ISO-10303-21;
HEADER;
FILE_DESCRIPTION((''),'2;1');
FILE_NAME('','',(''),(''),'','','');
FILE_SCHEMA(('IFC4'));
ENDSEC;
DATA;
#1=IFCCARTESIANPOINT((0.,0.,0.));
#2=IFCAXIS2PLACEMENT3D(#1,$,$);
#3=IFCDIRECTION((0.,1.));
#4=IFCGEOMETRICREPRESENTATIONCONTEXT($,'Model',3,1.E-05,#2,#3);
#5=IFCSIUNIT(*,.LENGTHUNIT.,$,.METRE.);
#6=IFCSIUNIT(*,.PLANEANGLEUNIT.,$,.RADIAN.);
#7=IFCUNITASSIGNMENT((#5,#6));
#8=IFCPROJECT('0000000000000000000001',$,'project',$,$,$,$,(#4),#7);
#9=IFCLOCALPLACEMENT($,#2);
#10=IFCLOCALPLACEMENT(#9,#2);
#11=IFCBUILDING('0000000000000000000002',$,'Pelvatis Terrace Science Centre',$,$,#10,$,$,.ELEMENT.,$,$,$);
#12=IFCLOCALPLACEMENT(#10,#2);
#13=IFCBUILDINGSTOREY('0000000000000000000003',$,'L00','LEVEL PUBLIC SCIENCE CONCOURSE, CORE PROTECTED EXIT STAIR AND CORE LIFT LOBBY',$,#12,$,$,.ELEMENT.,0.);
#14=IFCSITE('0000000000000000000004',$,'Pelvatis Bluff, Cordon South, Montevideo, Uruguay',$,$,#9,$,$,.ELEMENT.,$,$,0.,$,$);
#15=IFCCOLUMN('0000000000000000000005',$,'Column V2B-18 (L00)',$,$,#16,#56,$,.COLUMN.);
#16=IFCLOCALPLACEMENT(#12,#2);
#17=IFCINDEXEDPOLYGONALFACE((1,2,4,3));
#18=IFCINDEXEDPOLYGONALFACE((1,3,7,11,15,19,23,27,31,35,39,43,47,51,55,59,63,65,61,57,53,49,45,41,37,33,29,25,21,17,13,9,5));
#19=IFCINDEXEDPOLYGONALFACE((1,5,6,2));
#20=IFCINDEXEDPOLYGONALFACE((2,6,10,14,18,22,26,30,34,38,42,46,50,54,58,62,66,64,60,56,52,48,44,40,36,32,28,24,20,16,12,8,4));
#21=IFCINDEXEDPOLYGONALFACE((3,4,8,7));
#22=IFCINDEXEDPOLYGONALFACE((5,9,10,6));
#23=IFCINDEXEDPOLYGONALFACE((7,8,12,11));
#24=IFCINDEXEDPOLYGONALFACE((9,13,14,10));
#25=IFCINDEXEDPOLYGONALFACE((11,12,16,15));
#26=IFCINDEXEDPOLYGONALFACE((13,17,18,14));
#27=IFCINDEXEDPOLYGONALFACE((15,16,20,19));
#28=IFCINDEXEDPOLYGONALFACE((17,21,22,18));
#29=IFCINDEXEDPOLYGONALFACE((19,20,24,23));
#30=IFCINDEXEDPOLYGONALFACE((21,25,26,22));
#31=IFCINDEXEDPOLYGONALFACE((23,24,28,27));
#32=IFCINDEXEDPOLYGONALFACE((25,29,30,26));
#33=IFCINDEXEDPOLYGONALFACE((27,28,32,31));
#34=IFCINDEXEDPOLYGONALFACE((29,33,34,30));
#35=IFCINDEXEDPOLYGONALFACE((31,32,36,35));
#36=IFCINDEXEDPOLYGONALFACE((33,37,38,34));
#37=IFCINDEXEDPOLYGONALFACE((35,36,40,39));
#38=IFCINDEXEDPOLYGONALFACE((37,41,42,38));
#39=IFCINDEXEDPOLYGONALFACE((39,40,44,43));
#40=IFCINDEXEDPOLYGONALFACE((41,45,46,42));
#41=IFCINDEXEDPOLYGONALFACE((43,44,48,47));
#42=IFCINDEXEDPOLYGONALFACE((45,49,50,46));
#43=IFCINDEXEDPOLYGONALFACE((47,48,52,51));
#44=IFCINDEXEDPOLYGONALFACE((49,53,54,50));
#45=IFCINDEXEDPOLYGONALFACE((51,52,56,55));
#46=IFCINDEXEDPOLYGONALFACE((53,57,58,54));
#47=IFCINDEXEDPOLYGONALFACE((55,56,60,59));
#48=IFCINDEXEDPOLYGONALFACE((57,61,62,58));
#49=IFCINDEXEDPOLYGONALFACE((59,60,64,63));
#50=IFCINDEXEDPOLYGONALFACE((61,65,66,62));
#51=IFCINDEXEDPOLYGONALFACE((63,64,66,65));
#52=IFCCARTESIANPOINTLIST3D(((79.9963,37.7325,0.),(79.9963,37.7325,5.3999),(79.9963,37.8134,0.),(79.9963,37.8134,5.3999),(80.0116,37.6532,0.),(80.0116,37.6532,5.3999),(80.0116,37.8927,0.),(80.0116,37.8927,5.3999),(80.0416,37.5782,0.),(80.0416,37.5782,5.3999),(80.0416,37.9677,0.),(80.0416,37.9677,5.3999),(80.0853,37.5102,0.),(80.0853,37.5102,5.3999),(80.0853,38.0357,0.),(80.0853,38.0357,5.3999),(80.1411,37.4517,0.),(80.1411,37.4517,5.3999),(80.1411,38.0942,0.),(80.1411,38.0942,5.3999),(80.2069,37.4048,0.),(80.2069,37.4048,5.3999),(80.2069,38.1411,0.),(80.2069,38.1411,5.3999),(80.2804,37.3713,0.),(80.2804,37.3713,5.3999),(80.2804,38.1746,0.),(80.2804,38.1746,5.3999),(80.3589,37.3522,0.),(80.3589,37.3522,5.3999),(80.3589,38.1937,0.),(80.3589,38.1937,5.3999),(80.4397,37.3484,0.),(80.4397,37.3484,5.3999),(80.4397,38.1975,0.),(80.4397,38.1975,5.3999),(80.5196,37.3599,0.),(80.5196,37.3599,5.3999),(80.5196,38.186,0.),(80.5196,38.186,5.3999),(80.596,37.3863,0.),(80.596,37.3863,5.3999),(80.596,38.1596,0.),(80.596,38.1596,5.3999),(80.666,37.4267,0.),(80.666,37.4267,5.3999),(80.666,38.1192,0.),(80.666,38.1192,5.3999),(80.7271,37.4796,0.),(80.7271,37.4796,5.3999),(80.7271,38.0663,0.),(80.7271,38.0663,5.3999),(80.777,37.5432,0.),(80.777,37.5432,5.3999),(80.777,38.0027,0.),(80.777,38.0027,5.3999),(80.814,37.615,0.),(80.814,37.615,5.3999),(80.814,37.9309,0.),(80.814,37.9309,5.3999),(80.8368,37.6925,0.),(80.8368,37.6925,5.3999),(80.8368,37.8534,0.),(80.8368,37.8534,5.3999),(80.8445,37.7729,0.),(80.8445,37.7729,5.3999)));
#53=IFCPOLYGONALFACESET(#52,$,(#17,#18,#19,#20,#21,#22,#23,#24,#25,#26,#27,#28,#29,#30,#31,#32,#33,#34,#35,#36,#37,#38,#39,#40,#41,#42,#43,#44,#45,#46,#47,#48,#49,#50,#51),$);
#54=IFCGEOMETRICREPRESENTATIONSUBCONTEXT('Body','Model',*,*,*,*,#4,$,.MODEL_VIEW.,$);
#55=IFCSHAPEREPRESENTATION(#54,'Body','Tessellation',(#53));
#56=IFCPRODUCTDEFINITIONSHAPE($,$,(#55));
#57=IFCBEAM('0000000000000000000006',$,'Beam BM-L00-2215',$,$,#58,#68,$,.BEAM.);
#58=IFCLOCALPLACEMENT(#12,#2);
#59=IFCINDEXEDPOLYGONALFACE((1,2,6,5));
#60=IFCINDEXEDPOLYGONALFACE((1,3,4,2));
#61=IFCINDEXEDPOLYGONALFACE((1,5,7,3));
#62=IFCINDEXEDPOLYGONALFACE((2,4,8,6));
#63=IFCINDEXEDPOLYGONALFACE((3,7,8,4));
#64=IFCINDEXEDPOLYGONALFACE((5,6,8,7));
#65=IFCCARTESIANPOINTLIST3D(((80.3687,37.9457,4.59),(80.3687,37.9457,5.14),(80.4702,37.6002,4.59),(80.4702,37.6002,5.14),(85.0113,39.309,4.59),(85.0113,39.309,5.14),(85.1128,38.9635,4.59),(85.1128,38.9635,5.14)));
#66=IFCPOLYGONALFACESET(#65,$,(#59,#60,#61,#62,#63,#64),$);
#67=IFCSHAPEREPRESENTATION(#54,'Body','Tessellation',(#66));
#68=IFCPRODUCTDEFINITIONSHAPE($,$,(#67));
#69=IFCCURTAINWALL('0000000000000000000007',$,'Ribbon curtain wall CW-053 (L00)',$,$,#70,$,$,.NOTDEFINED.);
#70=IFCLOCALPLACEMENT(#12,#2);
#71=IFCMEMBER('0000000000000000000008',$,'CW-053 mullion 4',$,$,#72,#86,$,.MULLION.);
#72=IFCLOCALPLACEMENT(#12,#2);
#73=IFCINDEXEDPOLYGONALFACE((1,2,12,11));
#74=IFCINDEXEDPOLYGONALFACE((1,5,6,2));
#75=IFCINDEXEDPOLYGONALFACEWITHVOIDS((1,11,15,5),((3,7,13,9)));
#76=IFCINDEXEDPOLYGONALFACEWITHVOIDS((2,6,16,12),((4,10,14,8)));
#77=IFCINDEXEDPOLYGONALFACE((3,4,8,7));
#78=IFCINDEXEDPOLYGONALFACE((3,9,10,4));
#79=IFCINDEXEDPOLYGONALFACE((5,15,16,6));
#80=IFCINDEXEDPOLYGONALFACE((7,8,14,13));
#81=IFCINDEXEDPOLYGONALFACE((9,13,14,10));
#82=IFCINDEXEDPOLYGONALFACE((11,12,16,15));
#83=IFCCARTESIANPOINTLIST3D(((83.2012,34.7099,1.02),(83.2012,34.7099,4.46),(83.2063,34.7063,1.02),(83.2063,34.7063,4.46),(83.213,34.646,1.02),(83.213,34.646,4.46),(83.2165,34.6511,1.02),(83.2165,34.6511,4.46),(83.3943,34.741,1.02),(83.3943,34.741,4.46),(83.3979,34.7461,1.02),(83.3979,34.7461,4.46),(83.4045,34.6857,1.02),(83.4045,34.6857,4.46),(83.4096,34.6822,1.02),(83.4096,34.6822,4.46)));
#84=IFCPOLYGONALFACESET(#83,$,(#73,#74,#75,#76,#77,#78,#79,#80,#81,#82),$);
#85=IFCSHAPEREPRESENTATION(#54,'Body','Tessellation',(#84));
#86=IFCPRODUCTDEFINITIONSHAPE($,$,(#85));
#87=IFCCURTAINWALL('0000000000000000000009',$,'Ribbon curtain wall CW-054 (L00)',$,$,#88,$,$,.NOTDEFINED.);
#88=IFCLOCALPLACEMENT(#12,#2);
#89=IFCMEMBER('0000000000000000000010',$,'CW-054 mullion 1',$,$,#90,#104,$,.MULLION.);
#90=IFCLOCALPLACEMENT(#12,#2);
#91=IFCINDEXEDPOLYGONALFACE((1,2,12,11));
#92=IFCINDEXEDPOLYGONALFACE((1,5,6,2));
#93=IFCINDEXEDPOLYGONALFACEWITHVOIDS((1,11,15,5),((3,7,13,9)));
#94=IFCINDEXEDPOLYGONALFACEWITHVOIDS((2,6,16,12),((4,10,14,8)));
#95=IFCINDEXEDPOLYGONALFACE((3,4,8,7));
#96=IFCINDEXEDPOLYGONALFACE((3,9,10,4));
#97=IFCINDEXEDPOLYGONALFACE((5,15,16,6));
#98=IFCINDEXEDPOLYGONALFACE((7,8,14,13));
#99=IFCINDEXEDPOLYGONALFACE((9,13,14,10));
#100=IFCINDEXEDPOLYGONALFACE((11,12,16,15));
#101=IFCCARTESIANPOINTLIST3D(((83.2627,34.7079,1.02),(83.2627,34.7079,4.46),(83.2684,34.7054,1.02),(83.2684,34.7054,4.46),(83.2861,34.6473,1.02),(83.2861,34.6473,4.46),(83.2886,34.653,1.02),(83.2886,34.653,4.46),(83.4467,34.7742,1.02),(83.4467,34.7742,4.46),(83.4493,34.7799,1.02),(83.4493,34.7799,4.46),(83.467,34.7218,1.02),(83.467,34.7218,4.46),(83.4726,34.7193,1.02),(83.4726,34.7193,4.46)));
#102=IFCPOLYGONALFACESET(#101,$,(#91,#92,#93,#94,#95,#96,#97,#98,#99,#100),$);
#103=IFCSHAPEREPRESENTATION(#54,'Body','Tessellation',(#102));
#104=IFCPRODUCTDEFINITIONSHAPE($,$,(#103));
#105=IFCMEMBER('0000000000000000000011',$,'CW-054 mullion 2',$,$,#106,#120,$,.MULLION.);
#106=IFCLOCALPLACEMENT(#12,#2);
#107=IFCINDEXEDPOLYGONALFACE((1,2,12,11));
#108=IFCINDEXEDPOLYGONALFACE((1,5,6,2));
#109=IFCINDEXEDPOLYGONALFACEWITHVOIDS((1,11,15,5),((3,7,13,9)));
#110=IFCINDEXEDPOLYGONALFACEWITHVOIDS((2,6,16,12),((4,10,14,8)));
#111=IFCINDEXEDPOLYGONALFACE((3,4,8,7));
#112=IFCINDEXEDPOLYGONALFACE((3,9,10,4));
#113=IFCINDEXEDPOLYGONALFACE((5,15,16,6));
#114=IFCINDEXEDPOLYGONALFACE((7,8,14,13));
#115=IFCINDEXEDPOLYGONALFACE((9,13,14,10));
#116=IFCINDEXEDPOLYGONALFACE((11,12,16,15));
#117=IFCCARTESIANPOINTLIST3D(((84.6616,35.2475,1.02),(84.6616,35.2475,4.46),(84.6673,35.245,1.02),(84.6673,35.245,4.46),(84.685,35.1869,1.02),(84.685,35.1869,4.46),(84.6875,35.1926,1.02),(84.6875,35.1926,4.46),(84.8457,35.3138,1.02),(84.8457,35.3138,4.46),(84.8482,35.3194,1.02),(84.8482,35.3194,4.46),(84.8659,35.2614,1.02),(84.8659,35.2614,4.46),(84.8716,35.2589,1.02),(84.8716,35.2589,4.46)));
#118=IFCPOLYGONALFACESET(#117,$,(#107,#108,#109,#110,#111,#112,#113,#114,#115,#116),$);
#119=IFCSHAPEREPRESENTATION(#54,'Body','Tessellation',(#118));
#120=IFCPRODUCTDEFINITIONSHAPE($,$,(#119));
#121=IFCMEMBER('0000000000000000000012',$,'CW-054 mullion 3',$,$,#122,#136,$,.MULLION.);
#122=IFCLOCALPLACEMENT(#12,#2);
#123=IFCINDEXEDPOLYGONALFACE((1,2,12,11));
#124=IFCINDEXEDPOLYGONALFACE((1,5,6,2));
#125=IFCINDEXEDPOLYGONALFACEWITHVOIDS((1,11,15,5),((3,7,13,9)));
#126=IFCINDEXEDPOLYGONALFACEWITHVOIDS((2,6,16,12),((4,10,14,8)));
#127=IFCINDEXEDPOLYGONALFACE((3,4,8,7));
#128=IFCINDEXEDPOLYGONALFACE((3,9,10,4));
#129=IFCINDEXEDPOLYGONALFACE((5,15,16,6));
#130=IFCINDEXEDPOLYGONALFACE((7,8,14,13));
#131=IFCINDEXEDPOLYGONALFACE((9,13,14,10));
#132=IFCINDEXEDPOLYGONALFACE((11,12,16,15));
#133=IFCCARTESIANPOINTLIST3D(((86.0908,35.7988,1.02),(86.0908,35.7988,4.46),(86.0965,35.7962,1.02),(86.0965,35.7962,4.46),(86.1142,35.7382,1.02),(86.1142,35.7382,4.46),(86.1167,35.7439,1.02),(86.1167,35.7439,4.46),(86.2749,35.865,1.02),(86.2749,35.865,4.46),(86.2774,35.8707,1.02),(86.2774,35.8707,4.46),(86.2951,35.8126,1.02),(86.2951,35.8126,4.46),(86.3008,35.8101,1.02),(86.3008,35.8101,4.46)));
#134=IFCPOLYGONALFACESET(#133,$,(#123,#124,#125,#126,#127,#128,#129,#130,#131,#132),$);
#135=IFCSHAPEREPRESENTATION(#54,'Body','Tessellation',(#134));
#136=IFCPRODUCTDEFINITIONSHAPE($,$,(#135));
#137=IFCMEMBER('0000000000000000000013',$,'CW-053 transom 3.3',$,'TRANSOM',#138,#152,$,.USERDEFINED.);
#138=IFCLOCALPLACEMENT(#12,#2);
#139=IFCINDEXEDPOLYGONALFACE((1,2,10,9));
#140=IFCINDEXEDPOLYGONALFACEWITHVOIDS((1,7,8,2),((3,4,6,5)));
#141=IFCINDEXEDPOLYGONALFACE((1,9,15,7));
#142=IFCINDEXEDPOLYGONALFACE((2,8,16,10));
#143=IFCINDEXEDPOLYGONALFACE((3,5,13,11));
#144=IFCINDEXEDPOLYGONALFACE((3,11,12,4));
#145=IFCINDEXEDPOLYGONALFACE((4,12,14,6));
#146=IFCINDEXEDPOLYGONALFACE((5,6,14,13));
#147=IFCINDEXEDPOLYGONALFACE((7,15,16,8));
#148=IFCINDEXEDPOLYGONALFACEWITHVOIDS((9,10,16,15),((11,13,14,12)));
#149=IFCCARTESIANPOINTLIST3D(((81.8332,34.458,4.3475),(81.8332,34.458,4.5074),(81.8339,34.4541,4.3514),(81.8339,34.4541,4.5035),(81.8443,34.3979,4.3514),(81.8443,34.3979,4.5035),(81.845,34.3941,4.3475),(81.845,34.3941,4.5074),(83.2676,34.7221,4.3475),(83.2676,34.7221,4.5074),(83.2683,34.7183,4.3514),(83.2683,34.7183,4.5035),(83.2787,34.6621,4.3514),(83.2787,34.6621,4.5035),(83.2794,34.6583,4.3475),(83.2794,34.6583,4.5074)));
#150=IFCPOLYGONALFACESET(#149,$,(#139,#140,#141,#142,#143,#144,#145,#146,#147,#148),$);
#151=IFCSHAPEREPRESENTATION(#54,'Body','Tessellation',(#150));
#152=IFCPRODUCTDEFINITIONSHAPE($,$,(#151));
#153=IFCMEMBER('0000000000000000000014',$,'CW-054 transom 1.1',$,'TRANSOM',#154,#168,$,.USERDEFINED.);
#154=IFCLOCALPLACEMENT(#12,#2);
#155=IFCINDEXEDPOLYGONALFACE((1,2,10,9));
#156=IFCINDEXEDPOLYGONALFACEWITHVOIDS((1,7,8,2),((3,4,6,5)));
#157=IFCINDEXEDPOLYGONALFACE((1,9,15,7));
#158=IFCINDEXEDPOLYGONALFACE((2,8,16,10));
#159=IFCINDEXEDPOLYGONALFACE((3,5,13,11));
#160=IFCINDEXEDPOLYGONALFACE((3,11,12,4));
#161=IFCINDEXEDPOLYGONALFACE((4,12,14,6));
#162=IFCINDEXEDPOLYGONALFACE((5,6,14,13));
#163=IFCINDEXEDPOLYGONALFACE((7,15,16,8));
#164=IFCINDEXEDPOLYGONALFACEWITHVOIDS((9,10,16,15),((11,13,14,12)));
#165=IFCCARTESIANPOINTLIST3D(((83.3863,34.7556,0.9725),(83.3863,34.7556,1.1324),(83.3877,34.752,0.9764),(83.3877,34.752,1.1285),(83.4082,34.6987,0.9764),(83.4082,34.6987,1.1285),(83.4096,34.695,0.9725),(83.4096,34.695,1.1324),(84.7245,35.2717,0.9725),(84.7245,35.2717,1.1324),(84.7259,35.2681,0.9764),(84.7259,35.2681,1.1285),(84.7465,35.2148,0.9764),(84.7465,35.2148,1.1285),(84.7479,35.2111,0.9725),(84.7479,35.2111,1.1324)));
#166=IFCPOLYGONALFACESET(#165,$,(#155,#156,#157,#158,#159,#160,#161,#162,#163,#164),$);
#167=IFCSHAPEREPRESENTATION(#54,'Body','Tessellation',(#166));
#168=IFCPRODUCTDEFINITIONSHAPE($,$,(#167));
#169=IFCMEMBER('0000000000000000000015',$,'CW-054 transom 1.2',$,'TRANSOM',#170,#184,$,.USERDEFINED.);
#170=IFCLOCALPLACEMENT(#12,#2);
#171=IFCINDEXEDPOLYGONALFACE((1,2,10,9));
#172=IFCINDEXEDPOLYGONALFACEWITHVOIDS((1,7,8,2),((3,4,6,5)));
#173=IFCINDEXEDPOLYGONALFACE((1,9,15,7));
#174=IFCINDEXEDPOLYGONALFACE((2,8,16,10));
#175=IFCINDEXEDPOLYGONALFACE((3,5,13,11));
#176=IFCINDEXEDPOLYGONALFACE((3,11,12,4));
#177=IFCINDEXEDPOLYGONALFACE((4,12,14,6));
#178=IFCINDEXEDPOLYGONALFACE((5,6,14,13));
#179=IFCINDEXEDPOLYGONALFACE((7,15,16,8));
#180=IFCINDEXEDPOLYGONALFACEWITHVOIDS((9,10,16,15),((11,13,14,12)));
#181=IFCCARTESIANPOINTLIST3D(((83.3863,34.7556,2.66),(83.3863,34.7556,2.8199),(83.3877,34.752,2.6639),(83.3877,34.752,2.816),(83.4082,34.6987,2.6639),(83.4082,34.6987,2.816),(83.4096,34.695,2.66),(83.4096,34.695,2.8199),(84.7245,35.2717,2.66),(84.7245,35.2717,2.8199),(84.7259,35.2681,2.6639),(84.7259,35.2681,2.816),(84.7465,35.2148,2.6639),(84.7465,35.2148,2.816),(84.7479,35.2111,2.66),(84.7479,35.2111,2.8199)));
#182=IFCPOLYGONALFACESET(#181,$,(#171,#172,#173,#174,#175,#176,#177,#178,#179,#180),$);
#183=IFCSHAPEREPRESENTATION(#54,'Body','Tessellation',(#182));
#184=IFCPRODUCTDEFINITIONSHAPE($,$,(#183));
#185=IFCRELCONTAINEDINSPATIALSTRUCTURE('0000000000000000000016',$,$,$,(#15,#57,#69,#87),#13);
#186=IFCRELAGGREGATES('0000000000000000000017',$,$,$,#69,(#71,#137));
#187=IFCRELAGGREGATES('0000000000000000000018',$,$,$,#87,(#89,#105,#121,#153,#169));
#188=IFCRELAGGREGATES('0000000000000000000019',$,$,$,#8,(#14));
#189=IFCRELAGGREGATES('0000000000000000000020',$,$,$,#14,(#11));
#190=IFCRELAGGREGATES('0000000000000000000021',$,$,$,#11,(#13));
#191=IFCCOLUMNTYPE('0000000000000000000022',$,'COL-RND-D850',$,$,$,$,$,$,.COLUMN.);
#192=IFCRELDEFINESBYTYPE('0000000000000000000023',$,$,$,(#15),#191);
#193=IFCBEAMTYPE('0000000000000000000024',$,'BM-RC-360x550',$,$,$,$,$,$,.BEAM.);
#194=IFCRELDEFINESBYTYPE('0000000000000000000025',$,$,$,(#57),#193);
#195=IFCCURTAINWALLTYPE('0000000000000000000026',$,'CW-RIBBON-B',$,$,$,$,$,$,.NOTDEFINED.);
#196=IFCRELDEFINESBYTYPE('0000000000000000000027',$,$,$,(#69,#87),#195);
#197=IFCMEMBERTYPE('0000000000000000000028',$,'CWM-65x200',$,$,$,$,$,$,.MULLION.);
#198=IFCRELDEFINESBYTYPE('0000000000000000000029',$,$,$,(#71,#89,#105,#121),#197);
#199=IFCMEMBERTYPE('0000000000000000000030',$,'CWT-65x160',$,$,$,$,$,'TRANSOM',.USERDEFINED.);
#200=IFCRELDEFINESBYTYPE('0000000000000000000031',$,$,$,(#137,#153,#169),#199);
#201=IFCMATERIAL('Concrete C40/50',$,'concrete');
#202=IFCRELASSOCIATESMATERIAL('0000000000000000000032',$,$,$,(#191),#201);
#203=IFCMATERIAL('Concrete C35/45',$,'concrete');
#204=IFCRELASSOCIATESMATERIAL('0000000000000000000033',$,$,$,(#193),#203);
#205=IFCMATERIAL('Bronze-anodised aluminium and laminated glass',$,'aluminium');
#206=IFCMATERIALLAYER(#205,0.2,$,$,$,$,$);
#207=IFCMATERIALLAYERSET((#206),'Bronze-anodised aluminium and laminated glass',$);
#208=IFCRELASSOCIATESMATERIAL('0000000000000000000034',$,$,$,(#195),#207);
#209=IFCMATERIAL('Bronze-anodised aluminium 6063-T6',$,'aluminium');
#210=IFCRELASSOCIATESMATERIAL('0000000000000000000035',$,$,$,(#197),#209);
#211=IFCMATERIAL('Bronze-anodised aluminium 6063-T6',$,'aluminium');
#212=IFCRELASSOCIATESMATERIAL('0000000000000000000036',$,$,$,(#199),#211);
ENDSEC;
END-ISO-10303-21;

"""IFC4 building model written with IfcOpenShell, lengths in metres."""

from ifc_helpers import new_model, si_unit, direction, frame, origin, origin_2d, place, context, subcontext, project, spatial, rectangle, hollow_rectangle, circle, extrude, material, layer, layer_set, material_profile, profile_set, type_object, element, aggregate, save


model = new_model("IFC4")

# Units and contexts
model_context = context("Model", 3, precision=1e-05, world=origin(), true_north=direction((0.0, 1.0)))
body_context = subcontext(model_context, "Body", "Model", "MODEL_VIEW")
ifc_project = project(units=[si_unit("LENGTHUNIT", "METRE"), si_unit("PLANEANGLEUNIT", "RADIAN")], contexts=[model_context])

# Site, building, storey
site_placement = place(None, origin())
site = spatial("IfcSite", under=ifc_project, at=site_placement, Name="Pelvatis Bluff, Cordon South, Montevideo, Uruguay", CompositionType="ELEMENT", RefElevation=0.0)
building_placement = place(site_placement, origin())
building = spatial("IfcBuilding", under=site, at=building_placement, Name="Pelvatis Terrace Science Centre", CompositionType="ELEMENT")
storey_placement = place(building_placement, origin())
storey = spatial("IfcBuildingStorey", under=building, at=storey_placement, Name="L00", Description="LEVEL PUBLIC SCIENCE CONCOURSE, CORE PROTECTED EXIT STAIR AND CORE LIFT LOBBY", CompositionType="ELEMENT", Elevation=0.0)

# Column
ifc_material_1 = material(Name="Concrete C40/50", Category="concrete")
ifc_material_profile_1 = material_profile(ifc_material_1, circle(Radius=0.425, at=origin_2d()), Name="RC-RCOL D850")
ifc_profile_set_1 = profile_set([ifc_material_profile_1], Name="Concrete C40/50")
column_type = type_object("IfcColumnType", Name="COL-RND-D850", PredefinedType="COLUMN", material=ifc_profile_set_1)
column_placement = place(storey_placement, frame((80.4194, 37.7729, 0.0), z_axis=(0.0, 0.0, 1.0), x_axis=(1.0, 0.0, 0.0)))
element("IfcColumn", 1, at=column_placement, inside=storey, type_object=column_type, Name="Column V2B-18 (L00)", PredefinedType="COLUMN", context=body_context, shape_type="SweptSolid", body=[
    extrude(circle(Radius=0.425, at=origin_2d()), origin(), (0.0, 0.0, 1.0), 5.3999),
])

# Beam
ifc_material_2 = material(Name="Concrete C35/45", Category="concrete")
ifc_material_profile_2 = material_profile(ifc_material_2, rectangle(XDim=0.3601, YDim=0.55, at=origin_2d()), Name="RC-BM 360x550")
ifc_profile_set_2 = profile_set([ifc_material_profile_2], Name="Concrete C35/45")
beam_type = type_object("IfcBeamType", Name="BM-RC-360x550", PredefinedType="BEAM", material=ifc_profile_set_2)
beam_placement = place(storey_placement, frame((80.4194, 37.7729, 4.865), z_axis=(0.959488, 0.281751, 0.0), x_axis=(-0.281751, 0.959488, 0.0)))
element("IfcBeam", 2, at=beam_placement, inside=storey, type_object=beam_type, Name="Beam BM-L00-2215", PredefinedType="BEAM", context=body_context, shape_type="SweptSolid", body=[
    extrude(rectangle(XDim=0.3601, YDim=0.55, at=origin_2d()), origin(), (0.0, 0.0, 1.0), 4.8386),
])

# Curtain wall, member
ifc_material_3 = material(Name="Bronze-anodised aluminium and laminated glass", Category="aluminium")
ifc_layer_1 = layer(ifc_material_3, 0.2)
ifc_layer_set_1 = layer_set([ifc_layer_1], Name="Bronze-anodised aluminium and laminated glass")
curtain_wall_type = type_object("IfcCurtainWallType", Name="CW-RIBBON-B", PredefinedType="NOTDEFINED", material=ifc_layer_set_1)
curtain_wall_1_placement = place(storey_placement, origin())
curtain_wall_1 = element("IfcCurtainWall", 3, at=curtain_wall_1_placement, inside=storey, type_object=curtain_wall_type, Name="Ribbon curtain wall CW-053 (L00)", PredefinedType="NOTDEFINED")
ifc_material_4 = material(Name="Bronze-anodised aluminium 6063-T6", Category="aluminium")
ifc_material_profile_3 = material_profile(ifc_material_4, hollow_rectangle(XDim=0.0649, YDim=0.2, WallThickness=0.0044, at=origin_2d()), Name="ALU-MUL 65x200")
ifc_profile_set_3 = profile_set([ifc_material_profile_3], Name="Bronze-anodised aluminium 6063-T6")
member_type_1 = type_object("IfcMemberType", Name="CWM-65x200", PredefinedType="MULLION", material=ifc_profile_set_3)
member_1_placement = place(storey_placement, frame((83.3054, 34.696, 1.02), z_axis=(0.0, 0.0, 1.0), x_axis=(-0.18113, 0.983459, 0.0)))
member_1 = element("IfcMember", 4, at=member_1_placement, type_object=member_type_1, Name="CW-053 mullion 4", PredefinedType="MULLION", context=body_context, shape_type="SweptSolid", body=[
    extrude(hollow_rectangle(XDim=0.0649, YDim=0.2, WallThickness=0.0044, at=origin_2d()), origin(), (0.0, 0.0, 1.0), 3.4399),
])

# Curtain wall, members
curtain_wall_2_placement = place(storey_placement, origin())
curtain_wall_2 = element("IfcCurtainWall", 5, at=curtain_wall_2_placement, inside=storey, type_object=curtain_wall_type, Name="Ribbon curtain wall CW-054 (L00)", PredefinedType="NOTDEFINED")
member_2_placement = place(storey_placement, frame((83.3677, 34.7136, 1.02), z_axis=(0.0, 0.0, 1.0), x_axis=(-0.359874, 0.933001, 0.0)))
member_2 = element("IfcMember", 6, at=member_2_placement, type_object=member_type_1, Name="CW-054 mullion 1", PredefinedType="MULLION", context=body_context, shape_type="SweptSolid", body=[
    extrude(hollow_rectangle(XDim=0.0649, YDim=0.2, WallThickness=0.0044, at=origin_2d()), origin(), (0.0, 0.0, 1.0), 3.4399),
])
member_3_placement = place(storey_placement, frame((84.7666, 35.2532, 1.02), z_axis=(0.0, 0.0, 1.0), x_axis=(-0.359874, 0.933001, 0.0)))
member_3 = element("IfcMember", 7, at=member_3_placement, type_object=member_type_1, Name="CW-054 mullion 2", PredefinedType="MULLION", context=body_context, shape_type="SweptSolid", body=[
    extrude(hollow_rectangle(XDim=0.0649, YDim=0.2, WallThickness=0.0044, at=origin_2d()), origin(), (0.0, 0.0, 1.0), 3.4399),
])
member_4_placement = place(storey_placement, frame((86.1958, 35.8044, 1.02), z_axis=(0.0, 0.0, 1.0), x_axis=(-0.359874, 0.933001, 0.0)))
member_4 = element("IfcMember", 8, at=member_4_placement, type_object=member_type_1, Name="CW-054 mullion 3", PredefinedType="MULLION", context=body_context, shape_type="SweptSolid", body=[
    extrude(hollow_rectangle(XDim=0.0649, YDim=0.2, WallThickness=0.0044, at=origin_2d()), origin(), (0.0, 0.0, 1.0), 3.4399),
])

# Members
ifc_material_5 = material(Name="Bronze-anodised aluminium 6063-T6", Category="aluminium")
ifc_material_profile_4 = material_profile(ifc_material_5, hollow_rectangle(XDim=0.0649, YDim=0.1599, WallThickness=0.0039, at=origin_2d()), Name="ALU-TRN 65x160")
ifc_profile_set_4 = profile_set([ifc_material_profile_4], Name="Bronze-anodised aluminium 6063-T6")
member_type_2 = type_object("IfcMemberType", Name="CWT-65x160", ElementType="TRANSOM", PredefinedType="USERDEFINED", material=ifc_profile_set_4)
member_5_placement = place(storey_placement, frame((81.8391, 34.426, 4.4275), z_axis=(0.98346, 0.181124, 0.0), x_axis=(-0.181124, 0.98346, 0.0)))
member_5 = element("IfcMember", 9, at=member_5_placement, type_object=member_type_2, Name="CW-053 transom 3.3", ObjectType="TRANSOM", PredefinedType="USERDEFINED", context=body_context, shape_type="SweptSolid", body=[
    extrude(hollow_rectangle(XDim=0.0649, YDim=0.1599, WallThickness=0.0039, at=origin_2d()), origin(), (0.0, 0.0, 1.0), 1.4585),
])
member_6_placement = place(storey_placement, frame((83.3979, 34.7253, 1.0525), z_axis=(0.933029, 0.3598, 0.0), x_axis=(-0.3598, 0.933029, 0.0)))
member_6 = element("IfcMember", 10, at=member_6_placement, type_object=member_type_2, Name="CW-054 transom 1.1", ObjectType="TRANSOM", PredefinedType="USERDEFINED", context=body_context, shape_type="SweptSolid", body=[
    extrude(hollow_rectangle(XDim=0.0649, YDim=0.1599, WallThickness=0.0039, at=origin_2d()), origin(), (0.0, 0.0, 1.0), 1.4343),
])
member_7_placement = place(storey_placement, frame((83.3979, 34.7253, 2.74), z_axis=(0.933029, 0.3598, 0.0), x_axis=(-0.3598, 0.933029, 0.0)))
member_7 = element("IfcMember", 11, at=member_7_placement, type_object=member_type_2, Name="CW-054 transom 1.2", ObjectType="TRANSOM", PredefinedType="USERDEFINED", context=body_context, shape_type="SweptSolid", body=[
    extrude(hollow_rectangle(XDim=0.0649, YDim=0.1599, WallThickness=0.0039, at=origin_2d()), origin(), (0.0, 0.0, 1.0), 1.4343),
])

aggregate(curtain_wall_1, [member_1, member_5])
aggregate(curtain_wall_2, [member_2, member_3, member_4, member_6, member_7])

save(model, "model.ifc")
